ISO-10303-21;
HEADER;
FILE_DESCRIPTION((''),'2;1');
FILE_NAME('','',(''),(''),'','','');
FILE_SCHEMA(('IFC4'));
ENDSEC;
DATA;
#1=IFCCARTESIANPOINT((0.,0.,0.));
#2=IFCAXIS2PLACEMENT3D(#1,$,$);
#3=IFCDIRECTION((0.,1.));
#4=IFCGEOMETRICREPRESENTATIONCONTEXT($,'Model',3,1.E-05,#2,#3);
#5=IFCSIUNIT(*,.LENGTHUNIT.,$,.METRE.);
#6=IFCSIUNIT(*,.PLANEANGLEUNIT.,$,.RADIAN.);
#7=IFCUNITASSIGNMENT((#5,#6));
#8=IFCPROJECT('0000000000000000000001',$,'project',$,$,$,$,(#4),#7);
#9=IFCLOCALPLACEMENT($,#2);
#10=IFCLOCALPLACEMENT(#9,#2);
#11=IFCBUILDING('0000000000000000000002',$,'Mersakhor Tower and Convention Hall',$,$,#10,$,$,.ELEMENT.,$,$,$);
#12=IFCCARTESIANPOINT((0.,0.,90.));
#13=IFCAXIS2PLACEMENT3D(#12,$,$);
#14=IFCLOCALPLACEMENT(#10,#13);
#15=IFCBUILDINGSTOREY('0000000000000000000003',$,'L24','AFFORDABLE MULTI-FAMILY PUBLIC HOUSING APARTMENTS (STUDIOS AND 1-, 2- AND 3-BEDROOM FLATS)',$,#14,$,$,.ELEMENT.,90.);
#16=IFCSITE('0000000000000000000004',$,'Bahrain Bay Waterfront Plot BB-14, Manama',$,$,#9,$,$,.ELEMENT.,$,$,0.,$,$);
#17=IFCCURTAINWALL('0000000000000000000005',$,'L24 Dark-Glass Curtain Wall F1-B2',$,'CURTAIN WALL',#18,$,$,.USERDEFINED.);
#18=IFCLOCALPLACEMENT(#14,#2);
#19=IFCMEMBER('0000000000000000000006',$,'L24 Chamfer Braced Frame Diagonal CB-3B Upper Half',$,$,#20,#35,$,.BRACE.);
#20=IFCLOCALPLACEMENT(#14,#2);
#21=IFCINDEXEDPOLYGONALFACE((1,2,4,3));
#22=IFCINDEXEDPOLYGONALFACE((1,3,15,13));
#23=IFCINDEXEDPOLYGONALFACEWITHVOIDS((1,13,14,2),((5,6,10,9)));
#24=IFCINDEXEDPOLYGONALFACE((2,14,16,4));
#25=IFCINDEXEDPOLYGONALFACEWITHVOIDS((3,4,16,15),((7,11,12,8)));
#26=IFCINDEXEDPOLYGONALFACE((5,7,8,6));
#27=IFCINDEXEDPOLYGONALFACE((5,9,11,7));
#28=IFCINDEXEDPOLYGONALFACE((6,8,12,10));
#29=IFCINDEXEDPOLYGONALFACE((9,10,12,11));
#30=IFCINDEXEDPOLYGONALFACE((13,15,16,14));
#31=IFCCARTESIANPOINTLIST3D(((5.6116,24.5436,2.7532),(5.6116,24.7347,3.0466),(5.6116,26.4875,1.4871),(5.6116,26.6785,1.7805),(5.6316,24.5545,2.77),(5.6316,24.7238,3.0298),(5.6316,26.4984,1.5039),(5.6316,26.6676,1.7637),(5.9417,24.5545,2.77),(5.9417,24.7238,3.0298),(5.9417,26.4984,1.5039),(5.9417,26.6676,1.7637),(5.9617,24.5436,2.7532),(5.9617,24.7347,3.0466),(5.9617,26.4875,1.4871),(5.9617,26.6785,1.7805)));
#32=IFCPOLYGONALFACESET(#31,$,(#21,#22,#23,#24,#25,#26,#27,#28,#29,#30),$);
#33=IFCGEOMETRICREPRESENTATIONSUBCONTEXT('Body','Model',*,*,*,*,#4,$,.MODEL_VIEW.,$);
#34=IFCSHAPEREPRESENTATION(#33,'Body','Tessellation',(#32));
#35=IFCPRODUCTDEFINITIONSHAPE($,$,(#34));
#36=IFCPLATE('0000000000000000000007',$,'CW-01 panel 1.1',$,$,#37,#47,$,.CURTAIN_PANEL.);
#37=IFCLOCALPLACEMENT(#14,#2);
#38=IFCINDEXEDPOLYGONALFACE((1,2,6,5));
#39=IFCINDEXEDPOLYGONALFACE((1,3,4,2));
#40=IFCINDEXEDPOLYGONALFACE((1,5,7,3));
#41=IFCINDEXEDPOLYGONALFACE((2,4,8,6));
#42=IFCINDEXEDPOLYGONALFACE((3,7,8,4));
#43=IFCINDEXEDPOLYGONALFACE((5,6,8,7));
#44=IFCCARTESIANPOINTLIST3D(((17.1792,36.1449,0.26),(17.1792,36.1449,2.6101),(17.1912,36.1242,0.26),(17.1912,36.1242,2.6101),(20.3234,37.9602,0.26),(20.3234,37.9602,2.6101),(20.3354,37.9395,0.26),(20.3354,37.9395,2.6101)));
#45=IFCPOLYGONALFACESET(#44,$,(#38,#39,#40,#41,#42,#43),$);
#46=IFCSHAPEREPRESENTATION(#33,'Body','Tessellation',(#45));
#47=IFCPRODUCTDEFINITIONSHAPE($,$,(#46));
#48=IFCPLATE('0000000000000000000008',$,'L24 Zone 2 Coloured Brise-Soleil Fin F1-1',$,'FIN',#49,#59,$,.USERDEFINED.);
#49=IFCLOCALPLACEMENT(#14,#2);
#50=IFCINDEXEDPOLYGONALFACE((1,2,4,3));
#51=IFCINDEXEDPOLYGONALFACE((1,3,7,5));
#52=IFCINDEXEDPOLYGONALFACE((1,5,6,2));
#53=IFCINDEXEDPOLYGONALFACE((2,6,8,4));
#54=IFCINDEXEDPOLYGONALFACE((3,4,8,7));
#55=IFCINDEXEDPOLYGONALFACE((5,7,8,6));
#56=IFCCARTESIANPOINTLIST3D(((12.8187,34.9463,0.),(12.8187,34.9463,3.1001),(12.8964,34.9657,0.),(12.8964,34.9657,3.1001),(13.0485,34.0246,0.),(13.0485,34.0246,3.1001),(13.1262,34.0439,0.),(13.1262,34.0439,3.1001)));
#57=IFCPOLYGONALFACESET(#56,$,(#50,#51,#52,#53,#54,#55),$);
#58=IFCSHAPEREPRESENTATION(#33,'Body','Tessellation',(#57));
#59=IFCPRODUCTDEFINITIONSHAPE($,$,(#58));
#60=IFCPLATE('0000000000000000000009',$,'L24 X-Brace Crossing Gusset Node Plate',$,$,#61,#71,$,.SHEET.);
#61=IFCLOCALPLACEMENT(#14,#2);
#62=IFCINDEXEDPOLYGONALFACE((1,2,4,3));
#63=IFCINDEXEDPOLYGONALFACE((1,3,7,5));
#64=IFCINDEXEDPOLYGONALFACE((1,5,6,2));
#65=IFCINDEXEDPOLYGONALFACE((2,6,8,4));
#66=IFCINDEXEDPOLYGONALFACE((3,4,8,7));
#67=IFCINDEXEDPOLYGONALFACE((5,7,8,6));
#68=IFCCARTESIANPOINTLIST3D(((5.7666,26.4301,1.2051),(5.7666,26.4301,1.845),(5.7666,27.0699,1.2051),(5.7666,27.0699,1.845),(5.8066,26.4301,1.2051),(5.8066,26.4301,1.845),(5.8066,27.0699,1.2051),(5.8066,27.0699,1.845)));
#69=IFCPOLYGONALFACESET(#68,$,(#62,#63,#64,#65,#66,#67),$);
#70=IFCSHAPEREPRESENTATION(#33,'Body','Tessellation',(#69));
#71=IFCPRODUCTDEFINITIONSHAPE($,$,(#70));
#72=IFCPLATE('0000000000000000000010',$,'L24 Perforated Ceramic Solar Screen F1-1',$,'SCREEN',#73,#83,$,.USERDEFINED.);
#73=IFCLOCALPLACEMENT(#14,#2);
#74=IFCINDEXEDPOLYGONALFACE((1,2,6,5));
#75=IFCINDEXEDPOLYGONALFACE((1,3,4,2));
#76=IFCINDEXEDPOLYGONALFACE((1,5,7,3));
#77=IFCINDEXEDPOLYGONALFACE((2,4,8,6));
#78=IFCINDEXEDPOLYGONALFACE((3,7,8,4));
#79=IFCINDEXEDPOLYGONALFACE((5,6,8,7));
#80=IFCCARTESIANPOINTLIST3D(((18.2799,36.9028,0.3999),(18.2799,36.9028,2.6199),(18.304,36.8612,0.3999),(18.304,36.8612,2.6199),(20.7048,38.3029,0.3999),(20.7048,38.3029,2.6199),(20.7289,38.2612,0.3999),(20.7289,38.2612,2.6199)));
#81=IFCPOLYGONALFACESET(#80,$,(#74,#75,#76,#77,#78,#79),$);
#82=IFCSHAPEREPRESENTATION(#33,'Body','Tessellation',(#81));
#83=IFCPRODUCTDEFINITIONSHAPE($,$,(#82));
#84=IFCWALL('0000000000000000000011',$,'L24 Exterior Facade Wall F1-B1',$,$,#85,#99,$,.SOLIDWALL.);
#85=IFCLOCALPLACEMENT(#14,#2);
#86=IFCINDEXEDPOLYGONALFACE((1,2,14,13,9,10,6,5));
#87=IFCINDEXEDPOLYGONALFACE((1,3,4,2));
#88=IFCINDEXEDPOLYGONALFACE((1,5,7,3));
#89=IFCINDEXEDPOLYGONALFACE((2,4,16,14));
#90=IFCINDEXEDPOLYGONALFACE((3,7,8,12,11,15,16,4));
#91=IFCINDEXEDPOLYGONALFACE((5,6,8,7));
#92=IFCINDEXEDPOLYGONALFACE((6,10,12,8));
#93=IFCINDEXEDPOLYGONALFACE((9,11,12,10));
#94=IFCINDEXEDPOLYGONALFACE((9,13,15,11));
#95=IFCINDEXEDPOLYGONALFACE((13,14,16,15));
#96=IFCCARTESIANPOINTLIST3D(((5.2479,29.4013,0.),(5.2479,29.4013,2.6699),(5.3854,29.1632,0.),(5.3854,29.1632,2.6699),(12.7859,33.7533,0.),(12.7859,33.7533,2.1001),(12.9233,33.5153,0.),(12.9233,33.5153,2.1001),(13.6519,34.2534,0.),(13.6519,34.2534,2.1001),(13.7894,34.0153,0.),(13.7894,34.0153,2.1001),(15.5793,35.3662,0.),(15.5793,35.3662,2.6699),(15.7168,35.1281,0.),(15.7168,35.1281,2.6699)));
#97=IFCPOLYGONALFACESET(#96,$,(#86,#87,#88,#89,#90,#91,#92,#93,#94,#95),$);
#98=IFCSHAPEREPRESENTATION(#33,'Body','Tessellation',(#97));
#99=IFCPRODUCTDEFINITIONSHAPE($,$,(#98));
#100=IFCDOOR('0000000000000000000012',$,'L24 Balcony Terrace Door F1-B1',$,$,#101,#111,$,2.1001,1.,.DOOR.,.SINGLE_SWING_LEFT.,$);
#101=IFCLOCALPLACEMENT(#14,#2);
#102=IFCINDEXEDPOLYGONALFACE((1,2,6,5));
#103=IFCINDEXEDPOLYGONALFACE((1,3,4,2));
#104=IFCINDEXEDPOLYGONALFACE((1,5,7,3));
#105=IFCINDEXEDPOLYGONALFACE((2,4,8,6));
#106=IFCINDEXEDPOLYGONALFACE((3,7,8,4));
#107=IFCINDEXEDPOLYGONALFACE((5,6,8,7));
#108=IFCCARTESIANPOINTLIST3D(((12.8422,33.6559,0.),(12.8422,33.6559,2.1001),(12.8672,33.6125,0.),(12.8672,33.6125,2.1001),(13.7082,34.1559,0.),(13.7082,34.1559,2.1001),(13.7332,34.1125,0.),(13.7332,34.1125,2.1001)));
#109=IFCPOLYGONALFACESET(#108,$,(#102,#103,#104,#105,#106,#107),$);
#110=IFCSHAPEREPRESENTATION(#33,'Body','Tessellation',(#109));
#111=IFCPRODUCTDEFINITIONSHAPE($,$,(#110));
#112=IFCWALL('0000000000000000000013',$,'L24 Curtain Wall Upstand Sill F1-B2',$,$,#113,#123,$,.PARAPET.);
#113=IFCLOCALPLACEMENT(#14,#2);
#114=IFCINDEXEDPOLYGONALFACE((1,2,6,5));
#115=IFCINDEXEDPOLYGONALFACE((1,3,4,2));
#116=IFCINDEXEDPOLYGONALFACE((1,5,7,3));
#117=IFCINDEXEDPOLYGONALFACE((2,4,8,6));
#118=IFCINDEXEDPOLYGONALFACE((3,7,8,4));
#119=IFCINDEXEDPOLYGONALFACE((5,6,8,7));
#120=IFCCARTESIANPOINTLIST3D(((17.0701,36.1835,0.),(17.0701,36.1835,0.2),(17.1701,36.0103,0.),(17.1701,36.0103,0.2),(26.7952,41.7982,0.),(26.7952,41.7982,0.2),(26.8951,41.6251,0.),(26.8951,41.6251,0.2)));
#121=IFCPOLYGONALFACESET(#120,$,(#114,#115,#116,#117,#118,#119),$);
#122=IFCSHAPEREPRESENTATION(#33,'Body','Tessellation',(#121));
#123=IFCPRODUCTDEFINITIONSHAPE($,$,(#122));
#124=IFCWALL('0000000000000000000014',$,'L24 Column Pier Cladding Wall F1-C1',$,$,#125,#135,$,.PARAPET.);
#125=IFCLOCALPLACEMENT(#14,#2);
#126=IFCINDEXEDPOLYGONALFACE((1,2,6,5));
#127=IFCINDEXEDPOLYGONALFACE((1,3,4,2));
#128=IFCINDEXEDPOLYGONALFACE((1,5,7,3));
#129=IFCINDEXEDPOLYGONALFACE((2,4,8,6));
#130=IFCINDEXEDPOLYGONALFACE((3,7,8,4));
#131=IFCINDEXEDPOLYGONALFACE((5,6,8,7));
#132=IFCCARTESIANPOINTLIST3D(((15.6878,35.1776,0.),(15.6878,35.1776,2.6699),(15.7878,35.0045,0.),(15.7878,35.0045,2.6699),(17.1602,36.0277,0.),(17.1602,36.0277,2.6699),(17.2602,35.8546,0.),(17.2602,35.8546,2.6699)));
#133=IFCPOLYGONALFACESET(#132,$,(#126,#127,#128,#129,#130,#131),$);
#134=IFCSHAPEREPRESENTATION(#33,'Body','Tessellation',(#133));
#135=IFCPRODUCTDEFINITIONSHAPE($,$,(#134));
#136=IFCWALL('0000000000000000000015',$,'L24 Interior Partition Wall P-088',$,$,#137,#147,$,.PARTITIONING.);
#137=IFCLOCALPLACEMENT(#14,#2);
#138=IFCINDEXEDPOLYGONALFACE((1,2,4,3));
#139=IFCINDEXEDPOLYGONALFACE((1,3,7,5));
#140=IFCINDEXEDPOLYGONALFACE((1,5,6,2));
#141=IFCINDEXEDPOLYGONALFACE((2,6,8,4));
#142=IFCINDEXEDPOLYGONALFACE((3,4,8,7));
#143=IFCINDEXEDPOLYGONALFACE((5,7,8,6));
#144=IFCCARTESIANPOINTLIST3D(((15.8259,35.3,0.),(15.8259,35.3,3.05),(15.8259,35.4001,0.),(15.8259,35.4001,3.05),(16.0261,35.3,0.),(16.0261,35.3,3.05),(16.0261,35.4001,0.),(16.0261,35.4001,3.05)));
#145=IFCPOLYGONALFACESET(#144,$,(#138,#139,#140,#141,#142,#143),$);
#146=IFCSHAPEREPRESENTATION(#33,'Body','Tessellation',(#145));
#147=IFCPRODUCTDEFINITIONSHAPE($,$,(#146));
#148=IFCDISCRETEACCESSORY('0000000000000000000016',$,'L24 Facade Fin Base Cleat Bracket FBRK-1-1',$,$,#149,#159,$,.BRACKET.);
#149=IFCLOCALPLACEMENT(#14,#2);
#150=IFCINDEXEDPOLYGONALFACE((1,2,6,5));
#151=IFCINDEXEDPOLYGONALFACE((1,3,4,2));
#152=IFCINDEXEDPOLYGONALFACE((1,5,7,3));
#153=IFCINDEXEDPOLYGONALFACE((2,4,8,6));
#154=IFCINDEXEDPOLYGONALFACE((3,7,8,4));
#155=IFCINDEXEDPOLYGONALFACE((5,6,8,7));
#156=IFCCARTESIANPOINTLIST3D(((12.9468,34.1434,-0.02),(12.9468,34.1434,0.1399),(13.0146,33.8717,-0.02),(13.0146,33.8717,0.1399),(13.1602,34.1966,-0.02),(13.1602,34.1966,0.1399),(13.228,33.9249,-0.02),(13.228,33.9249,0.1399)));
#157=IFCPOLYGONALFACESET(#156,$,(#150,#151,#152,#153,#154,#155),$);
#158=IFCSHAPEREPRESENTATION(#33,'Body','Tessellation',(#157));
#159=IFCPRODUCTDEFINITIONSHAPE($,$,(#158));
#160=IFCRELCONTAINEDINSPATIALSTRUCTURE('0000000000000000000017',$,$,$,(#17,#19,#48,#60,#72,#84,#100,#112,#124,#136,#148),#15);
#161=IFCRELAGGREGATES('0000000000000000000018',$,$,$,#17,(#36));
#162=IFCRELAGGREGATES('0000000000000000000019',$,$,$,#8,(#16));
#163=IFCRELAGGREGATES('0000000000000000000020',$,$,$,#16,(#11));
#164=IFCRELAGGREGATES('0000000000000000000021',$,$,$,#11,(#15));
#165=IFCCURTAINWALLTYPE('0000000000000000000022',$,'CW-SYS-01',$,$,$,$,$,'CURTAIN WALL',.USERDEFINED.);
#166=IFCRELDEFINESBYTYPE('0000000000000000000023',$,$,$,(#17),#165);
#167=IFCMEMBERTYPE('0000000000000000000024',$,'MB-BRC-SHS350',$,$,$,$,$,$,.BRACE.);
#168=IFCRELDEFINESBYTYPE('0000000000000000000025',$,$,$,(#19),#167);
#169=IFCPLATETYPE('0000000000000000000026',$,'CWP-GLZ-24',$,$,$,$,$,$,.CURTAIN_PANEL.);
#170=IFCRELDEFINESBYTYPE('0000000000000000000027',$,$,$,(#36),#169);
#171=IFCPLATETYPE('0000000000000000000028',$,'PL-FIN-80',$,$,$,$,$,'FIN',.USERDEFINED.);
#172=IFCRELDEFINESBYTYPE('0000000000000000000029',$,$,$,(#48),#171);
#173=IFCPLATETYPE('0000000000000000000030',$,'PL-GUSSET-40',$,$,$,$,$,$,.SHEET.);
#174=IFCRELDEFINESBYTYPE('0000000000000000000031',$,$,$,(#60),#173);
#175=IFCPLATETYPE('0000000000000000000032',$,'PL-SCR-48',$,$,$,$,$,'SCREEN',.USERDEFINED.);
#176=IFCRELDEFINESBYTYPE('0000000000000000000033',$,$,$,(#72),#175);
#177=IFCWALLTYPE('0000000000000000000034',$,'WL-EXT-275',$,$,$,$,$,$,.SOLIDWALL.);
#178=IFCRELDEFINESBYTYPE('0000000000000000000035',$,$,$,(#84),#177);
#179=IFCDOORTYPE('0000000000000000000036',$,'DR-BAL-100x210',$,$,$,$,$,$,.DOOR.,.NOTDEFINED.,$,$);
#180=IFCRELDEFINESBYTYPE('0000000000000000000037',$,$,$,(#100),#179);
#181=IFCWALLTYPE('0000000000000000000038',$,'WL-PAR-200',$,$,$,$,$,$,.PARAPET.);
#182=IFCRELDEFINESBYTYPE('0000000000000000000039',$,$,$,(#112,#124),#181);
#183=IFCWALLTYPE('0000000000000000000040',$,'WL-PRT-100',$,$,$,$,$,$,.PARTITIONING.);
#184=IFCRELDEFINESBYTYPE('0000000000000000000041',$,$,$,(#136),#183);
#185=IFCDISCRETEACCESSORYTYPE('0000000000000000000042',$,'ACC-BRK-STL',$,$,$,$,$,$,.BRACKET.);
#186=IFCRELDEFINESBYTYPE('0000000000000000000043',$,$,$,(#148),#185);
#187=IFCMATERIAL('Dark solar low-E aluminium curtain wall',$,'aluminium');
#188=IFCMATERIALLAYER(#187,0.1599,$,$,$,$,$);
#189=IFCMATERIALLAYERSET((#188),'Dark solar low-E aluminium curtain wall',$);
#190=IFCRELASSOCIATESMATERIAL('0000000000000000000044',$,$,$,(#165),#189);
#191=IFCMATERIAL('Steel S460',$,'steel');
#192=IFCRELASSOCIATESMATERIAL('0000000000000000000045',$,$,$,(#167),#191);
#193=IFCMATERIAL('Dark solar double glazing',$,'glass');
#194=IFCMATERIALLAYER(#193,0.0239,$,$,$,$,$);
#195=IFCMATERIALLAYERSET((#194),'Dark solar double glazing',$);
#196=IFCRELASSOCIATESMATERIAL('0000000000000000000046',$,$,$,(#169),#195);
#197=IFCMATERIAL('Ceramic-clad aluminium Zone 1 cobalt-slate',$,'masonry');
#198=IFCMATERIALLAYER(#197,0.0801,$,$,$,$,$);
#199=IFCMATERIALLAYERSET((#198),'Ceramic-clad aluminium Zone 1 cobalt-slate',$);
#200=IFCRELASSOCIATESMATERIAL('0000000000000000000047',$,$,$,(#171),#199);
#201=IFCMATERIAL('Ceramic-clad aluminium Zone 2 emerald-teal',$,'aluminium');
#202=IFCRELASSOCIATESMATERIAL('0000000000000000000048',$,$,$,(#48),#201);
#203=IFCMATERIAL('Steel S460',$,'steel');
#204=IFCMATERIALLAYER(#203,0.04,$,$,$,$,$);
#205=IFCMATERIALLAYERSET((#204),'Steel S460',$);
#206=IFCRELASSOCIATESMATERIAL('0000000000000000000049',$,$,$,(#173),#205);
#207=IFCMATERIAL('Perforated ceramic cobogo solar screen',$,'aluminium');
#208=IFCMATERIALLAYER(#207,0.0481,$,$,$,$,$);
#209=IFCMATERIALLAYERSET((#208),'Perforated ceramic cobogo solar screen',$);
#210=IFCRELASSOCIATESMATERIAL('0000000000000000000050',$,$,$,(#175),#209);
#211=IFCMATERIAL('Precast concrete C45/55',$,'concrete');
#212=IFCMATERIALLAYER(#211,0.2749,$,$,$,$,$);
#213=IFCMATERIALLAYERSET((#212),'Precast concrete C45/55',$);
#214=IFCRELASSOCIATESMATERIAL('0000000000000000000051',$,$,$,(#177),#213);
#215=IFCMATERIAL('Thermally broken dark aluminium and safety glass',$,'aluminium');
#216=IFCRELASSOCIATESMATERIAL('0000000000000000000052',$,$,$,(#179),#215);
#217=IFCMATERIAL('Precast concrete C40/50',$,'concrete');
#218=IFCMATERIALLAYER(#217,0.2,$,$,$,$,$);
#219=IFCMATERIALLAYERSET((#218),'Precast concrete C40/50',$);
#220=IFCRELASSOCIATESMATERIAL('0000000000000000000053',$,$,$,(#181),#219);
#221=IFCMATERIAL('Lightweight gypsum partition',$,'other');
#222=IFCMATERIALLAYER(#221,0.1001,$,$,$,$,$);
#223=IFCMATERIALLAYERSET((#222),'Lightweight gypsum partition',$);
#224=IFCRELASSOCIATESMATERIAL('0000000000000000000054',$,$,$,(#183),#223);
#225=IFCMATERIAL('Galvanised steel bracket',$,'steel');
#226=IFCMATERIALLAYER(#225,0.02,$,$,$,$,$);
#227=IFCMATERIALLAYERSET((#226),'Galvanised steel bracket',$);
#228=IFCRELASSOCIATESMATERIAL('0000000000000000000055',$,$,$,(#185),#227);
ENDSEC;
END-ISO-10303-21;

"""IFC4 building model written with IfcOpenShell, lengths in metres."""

from ifc_helpers import new_model, si_unit, direction, frame, frame_2d, origin, origin_2d, place, context, subcontext, project, spatial, rectangle, hollow_rectangle, extrude, material, layer, layer_set, material_profile, profile_set, type_object, element, fill, aggregate, save


model = new_model("IFC4")

# Units and contexts
model_context = context("Model", 3, precision=1e-05, world=origin(), true_north=direction((0.0, 1.0)))
body_context = subcontext(model_context, "Body", "Model", "MODEL_VIEW")
ifc_project = project(units=[si_unit("LENGTHUNIT", "METRE"), si_unit("PLANEANGLEUNIT", "RADIAN")], contexts=[model_context])

# Site, building, storey
site_placement = place(None, origin())
site = spatial("IfcSite", under=ifc_project, at=site_placement, Name="Bahrain Bay Waterfront Plot BB-14, Manama", CompositionType="ELEMENT", RefElevation=0.0)
building_placement = place(site_placement, origin())
building = spatial("IfcBuilding", under=site, at=building_placement, Name="Mersakhor Tower and Convention Hall", CompositionType="ELEMENT")
storey_placement = place(building_placement, frame((0.0, 0.0, 90.0)))
storey = spatial("IfcBuildingStorey", under=building, at=storey_placement, Name="L24", Description="AFFORDABLE MULTI-FAMILY PUBLIC HOUSING APARTMENTS (STUDIOS AND 1-, 2- AND 3-BEDROOM FLATS)", CompositionType="ELEMENT", Elevation=90.0)

# Curtain wall
ifc_material_1 = material(Name="Dark solar low-E aluminium curtain wall", Category="aluminium")
ifc_layer_1 = layer(ifc_material_1, 0.1599)
ifc_layer_set_1 = layer_set([ifc_layer_1], Name="Dark solar low-E aluminium curtain wall")
curtain_wall_type = type_object("IfcCurtainWallType", Name="CW-SYS-01", ElementType="CURTAIN WALL", PredefinedType="USERDEFINED", material=ifc_layer_set_1)
curtain_wall_placement = place(storey_placement, origin())
curtain_wall = element("IfcCurtainWall", 1, at=curtain_wall_placement, inside=storey, type_object=curtain_wall_type, Name="L24 Dark-Glass Curtain Wall F1-B2", ObjectType="CURTAIN WALL", PredefinedType="USERDEFINED")

# Member
ifc_material_2 = material(Name="Steel S460", Category="steel")
ifc_material_profile_1 = material_profile(ifc_material_2, hollow_rectangle(XDim=0.3501, YDim=0.3501, WallThickness=0.02, at=origin_2d()), Name="SHS 350x350x20")
ifc_profile_set_1 = profile_set([ifc_material_profile_1], Name="Steel S460")
member_type_1 = type_object("IfcMemberType", Name="MB-BRC-SHS350", PredefinedType="BRACE", material=ifc_profile_set_1)
member_1_placement = place(storey_placement, frame((5.7866, 26.583, 1.6338), z_axis=(0.0, -0.837929, 0.54578), x_axis=(1.0, 0.0, 0.0)))
element("IfcMember", 2, at=member_1_placement, inside=storey, type_object=member_type_1, Name="L24 Chamfer Braced Frame Diagonal CB-3B Upper Half", PredefinedType="BRACE", context=body_context, shape_type="SweptSolid", body=[
    extrude(hollow_rectangle(XDim=0.3501, YDim=0.3501, WallThickness=0.02, at=origin_2d()), origin(), (0.0, 0.0, 1.0), 2.3198),
])

# Plate
ifc_material_3 = material(Name="Dark solar double glazing", Category="glass")
ifc_layer_2 = layer(ifc_material_3, 0.0239)
ifc_layer_set_2 = layer_set([ifc_layer_2], Name="Dark solar double glazing")
plate_type_1 = type_object("IfcPlateType", Name="CWP-GLZ-24", PredefinedType="CURTAIN_PANEL", material=ifc_layer_set_2)
plate_1_placement = place(storey_placement, frame((18.7573, 37.0422, 0.26), z_axis=(0.0, 0.0, 1.0), x_axis=(0.866027, 0.499998, 0.0)))
plate_1 = element("IfcPlate", 3, at=plate_1_placement, type_object=plate_type_1, Name="CW-01 panel 1.1", PredefinedType="CURTAIN_PANEL", context=body_context, shape_type="SweptSolid", body=[
    extrude(rectangle(XDim=3.6306, YDim=0.0239, at=origin_2d()), origin(), (0.0, 0.0, 1.0), 2.3501),
])
aggregate(curtain_wall, [plate_1])

# Plates
ifc_material_4 = material(Name="Ceramic-clad aluminium Zone 2 emerald-teal", Category="aluminium")
ifc_material_5 = material(Name="Ceramic-clad aluminium Zone 1 cobalt-slate", Category="masonry")
ifc_layer_3 = layer(ifc_material_5, 0.0801)
ifc_layer_set_3 = layer_set([ifc_layer_3], Name="Ceramic-clad aluminium Zone 1 cobalt-slate")
plate_type_2 = type_object("IfcPlateType", Name="PL-FIN-80", ElementType="FIN", PredefinedType="USERDEFINED", material=ifc_layer_set_3)
plate_2_placement = place(storey_placement, frame((12.9724, 34.4951, 0.0), z_axis=(0.0, 0.0, 1.0), x_axis=(-0.241922, 0.970296, 0.0)))
element("IfcPlate", 4, at=plate_2_placement, inside=storey, type_object=plate_type_2, material=ifc_material_4, Name="L24 Zone 2 Coloured Brise-Soleil Fin F1-1", ObjectType="FIN", PredefinedType="USERDEFINED", context=body_context, shape_type="SweptSolid", body=[
    extrude(rectangle(XDim=0.95, YDim=0.0801, at=origin_2d()), origin(), (0.0, 0.0, 1.0), 3.1001),
])
ifc_material_6 = material(Name="Steel S460", Category="steel")
ifc_layer_4 = layer(ifc_material_6, 0.04)
ifc_layer_set_4 = layer_set([ifc_layer_4], Name="Steel S460")
plate_type_3 = type_object("IfcPlateType", Name="PL-GUSSET-40", PredefinedType="SHEET", material=ifc_layer_set_4)
plate_3_placement = place(storey_placement, frame((5.7866, 26.75, 1.2051), z_axis=(0.0, 0.0, 1.0), x_axis=(0.0, -1.0, 0.0)))
element("IfcPlate", 5, at=plate_3_placement, inside=storey, type_object=plate_type_3, Name="L24 X-Brace Crossing Gusset Node Plate", PredefinedType="SHEET", context=body_context, shape_type="SweptSolid", body=[
    extrude(rectangle(XDim=0.6399, YDim=0.04, at=origin_2d()), origin(), (0.0, 0.0, 1.0), 0.6399),
])
ifc_material_7 = material(Name="Perforated ceramic cobogo solar screen", Category="aluminium")
ifc_layer_5 = layer(ifc_material_7, 0.0481)
ifc_layer_set_5 = layer_set([ifc_layer_5], Name="Perforated ceramic cobogo solar screen")
plate_type_4 = type_object("IfcPlateType", Name="PL-SCR-48", ElementType="SCREEN", PredefinedType="USERDEFINED", material=ifc_layer_set_5)
plate_4_placement = place(storey_placement, frame((19.5044, 37.582, 0.3999), z_axis=(0.0, 0.0, 1.0), x_axis=(0.866025, 0.5, 0.0)))
element("IfcPlate", 6, at=plate_4_placement, inside=storey, type_object=plate_type_4, Name="L24 Perforated Ceramic Solar Screen F1-1", ObjectType="SCREEN", PredefinedType="USERDEFINED", context=body_context, shape_type="SweptSolid", body=[
    extrude(rectangle(XDim=2.8, YDim=0.0481, at=origin_2d()), origin(), (0.0, 0.0, 1.0), 2.22),
])

# Wall, opening, door
ifc_material_8 = material(Name="Precast concrete C45/55", Category="concrete")
ifc_layer_6 = layer(ifc_material_8, 0.2749)
ifc_layer_set_6 = layer_set([ifc_layer_6], Name="Precast concrete C45/55")
wall_type_1 = type_object("IfcWallType", Name="WL-EXT-275", PredefinedType="SOLIDWALL", material=ifc_layer_set_6)
wall_1_placement = place(storey_placement, frame((5.3167, 29.2822, 0.0), z_axis=(0.0, 0.0, 1.0), x_axis=(0.866023, 0.500004, 0.0)))
wall_1 = element("IfcWall", 7, at=wall_1_placement, inside=storey, type_object=wall_type_1, Name="L24 Exterior Facade Wall F1-B1", PredefinedType="SOLIDWALL", context=body_context, shape_type="SweptSolid", body=[
    extrude(rectangle(XDim=11.9297, YDim=0.2749, at=frame_2d((5.9648, 0.0))), origin(), (0.0, 0.0, 1.0), 2.6699),
])
opening_placement = place(wall_1_placement, frame((8.7041, 0.0, 0.0)))
opening = element("IfcOpeningElement", 8, at=opening_placement, cuts=wall_1, PredefinedType="OPENING", context=body_context, shape_type="SweptSolid", body=[
    extrude(rectangle(XDim=1.0, YDim=2.1001, at=frame_2d((0.5, 1.05))), frame((0.0, 0.1475, 0.0), z_axis=(0.0, -1.0, 0.0), x_axis=(1.0, 0.0, 0.0)), (0.0, 0.0, 1.0), 0.2949),
])
ifc_material_9 = material(Name="Thermally broken dark aluminium and safety glass", Category="aluminium")
door_type = type_object("IfcDoorType", Name="DR-BAL-100x210", OperationType="NOTDEFINED", PredefinedType="DOOR", material=ifc_material_9)
door_placement = place(opening_placement, origin())
door = element("IfcDoor", 9, at=door_placement, inside=storey, type_object=door_type, Name="L24 Balcony Terrace Door F1-B1", OperationType="SINGLE_SWING_LEFT", OverallHeight=2.1001, OverallWidth=1.0, PredefinedType="DOOR", context=body_context, shape_type="SweptSolid", body=[
    extrude(rectangle(XDim=1.0, YDim=2.1001, at=frame_2d((0.5, 1.05))), frame((0.0, 0.0249, 0.0), z_axis=(0.0, -1.0, 0.0), x_axis=(1.0, 0.0, 0.0)), (0.0, 0.0, 1.0), 0.05),
])
fill(opening, door)

# Walls
ifc_material_10 = material(Name="Precast concrete C40/50", Category="concrete")
ifc_layer_7 = layer(ifc_material_10, 0.2)
ifc_layer_set_7 = layer_set([ifc_layer_7], Name="Precast concrete C40/50")
wall_type_2 = type_object("IfcWallType", Name="WL-PAR-200", PredefinedType="PARAPET", material=ifc_layer_set_7)
wall_2_placement = place(storey_placement, frame((17.1201, 36.0969, 0.0), z_axis=(0.0, 0.0, 1.0), x_axis=(0.866027, 0.499997, 0.0)))
element("IfcWall", 10, at=wall_2_placement, inside=storey, type_object=wall_type_2, Name="L24 Curtain Wall Upstand Sill F1-B2", PredefinedType="PARAPET", context=body_context, shape_type="SweptSolid", body=[
    extrude(rectangle(XDim=11.2295, YDim=0.2, at=frame_2d((5.6147, 0.0))), origin(), (0.0, 0.0, 1.0), 0.2),
])
wall_3_placement = place(storey_placement, frame((15.7378, 35.0911, 0.0), z_axis=(0.0, 0.0, 1.0), x_axis=(0.866025, 0.5, 0.0)))
element("IfcWall", 11, at=wall_3_placement, inside=storey, type_object=wall_type_2, Name="L24 Column Pier Cladding Wall F1-C1", PredefinedType="PARAPET", context=body_context, shape_type="SweptSolid", body=[
    extrude(rectangle(XDim=1.7002, YDim=0.2, at=frame_2d((0.8501, 0.0))), origin(), (0.0, 0.0, 1.0), 2.6699),
])
ifc_material_11 = material(Name="Lightweight gypsum partition", Category="other")
ifc_layer_8 = layer(ifc_material_11, 0.1001)
ifc_layer_set_8 = layer_set([ifc_layer_8], Name="Lightweight gypsum partition")
wall_type_3 = type_object("IfcWallType", Name="WL-PRT-100", PredefinedType="PARTITIONING", material=ifc_layer_set_8)
wall_4_placement = place(storey_placement, frame((16.0261, 35.3501, 0.0), z_axis=(0.0, 0.0, 1.0), x_axis=(-1.0, 0.0, 0.0)))
element("IfcWall", 12, at=wall_4_placement, inside=storey, type_object=wall_type_3, Name="L24 Interior Partition Wall P-088", PredefinedType="PARTITIONING", context=body_context, shape_type="SweptSolid", body=[
    extrude(rectangle(XDim=0.2002, YDim=0.1001, at=frame_2d((0.1001, 0.0))), origin(), (0.0, 0.0, 1.0), 3.05),
])

# Discrete accessory
ifc_material_12 = material(Name="Galvanised steel bracket", Category="steel")
ifc_layer_9 = layer(ifc_material_12, 0.02)
ifc_layer_set_9 = layer_set([ifc_layer_9], Name="Galvanised steel bracket")
discrete_accessory_type = type_object("IfcDiscreteAccessoryType", Name="ACC-BRK-STL", PredefinedType="BRACKET", material=ifc_layer_set_9)
discrete_accessory_placement = place(storey_placement, frame((13.0874, 34.0342, -0.02), z_axis=(0.0, 0.0, 1.0), x_axis=(-0.241922, 0.970296, 0.0)))
element("IfcDiscreteAccessory", 13, at=discrete_accessory_placement, inside=storey, type_object=discrete_accessory_type, Name="L24 Facade Fin Base Cleat Bracket FBRK-1-1", PredefinedType="BRACKET", context=body_context, shape_type="SweptSolid", body=[
    extrude(rectangle(XDim=0.28, YDim=0.22, at=origin_2d()), origin(), (0.0, 0.0, 1.0), 0.1599),
])

save(model, "model.ifc")
